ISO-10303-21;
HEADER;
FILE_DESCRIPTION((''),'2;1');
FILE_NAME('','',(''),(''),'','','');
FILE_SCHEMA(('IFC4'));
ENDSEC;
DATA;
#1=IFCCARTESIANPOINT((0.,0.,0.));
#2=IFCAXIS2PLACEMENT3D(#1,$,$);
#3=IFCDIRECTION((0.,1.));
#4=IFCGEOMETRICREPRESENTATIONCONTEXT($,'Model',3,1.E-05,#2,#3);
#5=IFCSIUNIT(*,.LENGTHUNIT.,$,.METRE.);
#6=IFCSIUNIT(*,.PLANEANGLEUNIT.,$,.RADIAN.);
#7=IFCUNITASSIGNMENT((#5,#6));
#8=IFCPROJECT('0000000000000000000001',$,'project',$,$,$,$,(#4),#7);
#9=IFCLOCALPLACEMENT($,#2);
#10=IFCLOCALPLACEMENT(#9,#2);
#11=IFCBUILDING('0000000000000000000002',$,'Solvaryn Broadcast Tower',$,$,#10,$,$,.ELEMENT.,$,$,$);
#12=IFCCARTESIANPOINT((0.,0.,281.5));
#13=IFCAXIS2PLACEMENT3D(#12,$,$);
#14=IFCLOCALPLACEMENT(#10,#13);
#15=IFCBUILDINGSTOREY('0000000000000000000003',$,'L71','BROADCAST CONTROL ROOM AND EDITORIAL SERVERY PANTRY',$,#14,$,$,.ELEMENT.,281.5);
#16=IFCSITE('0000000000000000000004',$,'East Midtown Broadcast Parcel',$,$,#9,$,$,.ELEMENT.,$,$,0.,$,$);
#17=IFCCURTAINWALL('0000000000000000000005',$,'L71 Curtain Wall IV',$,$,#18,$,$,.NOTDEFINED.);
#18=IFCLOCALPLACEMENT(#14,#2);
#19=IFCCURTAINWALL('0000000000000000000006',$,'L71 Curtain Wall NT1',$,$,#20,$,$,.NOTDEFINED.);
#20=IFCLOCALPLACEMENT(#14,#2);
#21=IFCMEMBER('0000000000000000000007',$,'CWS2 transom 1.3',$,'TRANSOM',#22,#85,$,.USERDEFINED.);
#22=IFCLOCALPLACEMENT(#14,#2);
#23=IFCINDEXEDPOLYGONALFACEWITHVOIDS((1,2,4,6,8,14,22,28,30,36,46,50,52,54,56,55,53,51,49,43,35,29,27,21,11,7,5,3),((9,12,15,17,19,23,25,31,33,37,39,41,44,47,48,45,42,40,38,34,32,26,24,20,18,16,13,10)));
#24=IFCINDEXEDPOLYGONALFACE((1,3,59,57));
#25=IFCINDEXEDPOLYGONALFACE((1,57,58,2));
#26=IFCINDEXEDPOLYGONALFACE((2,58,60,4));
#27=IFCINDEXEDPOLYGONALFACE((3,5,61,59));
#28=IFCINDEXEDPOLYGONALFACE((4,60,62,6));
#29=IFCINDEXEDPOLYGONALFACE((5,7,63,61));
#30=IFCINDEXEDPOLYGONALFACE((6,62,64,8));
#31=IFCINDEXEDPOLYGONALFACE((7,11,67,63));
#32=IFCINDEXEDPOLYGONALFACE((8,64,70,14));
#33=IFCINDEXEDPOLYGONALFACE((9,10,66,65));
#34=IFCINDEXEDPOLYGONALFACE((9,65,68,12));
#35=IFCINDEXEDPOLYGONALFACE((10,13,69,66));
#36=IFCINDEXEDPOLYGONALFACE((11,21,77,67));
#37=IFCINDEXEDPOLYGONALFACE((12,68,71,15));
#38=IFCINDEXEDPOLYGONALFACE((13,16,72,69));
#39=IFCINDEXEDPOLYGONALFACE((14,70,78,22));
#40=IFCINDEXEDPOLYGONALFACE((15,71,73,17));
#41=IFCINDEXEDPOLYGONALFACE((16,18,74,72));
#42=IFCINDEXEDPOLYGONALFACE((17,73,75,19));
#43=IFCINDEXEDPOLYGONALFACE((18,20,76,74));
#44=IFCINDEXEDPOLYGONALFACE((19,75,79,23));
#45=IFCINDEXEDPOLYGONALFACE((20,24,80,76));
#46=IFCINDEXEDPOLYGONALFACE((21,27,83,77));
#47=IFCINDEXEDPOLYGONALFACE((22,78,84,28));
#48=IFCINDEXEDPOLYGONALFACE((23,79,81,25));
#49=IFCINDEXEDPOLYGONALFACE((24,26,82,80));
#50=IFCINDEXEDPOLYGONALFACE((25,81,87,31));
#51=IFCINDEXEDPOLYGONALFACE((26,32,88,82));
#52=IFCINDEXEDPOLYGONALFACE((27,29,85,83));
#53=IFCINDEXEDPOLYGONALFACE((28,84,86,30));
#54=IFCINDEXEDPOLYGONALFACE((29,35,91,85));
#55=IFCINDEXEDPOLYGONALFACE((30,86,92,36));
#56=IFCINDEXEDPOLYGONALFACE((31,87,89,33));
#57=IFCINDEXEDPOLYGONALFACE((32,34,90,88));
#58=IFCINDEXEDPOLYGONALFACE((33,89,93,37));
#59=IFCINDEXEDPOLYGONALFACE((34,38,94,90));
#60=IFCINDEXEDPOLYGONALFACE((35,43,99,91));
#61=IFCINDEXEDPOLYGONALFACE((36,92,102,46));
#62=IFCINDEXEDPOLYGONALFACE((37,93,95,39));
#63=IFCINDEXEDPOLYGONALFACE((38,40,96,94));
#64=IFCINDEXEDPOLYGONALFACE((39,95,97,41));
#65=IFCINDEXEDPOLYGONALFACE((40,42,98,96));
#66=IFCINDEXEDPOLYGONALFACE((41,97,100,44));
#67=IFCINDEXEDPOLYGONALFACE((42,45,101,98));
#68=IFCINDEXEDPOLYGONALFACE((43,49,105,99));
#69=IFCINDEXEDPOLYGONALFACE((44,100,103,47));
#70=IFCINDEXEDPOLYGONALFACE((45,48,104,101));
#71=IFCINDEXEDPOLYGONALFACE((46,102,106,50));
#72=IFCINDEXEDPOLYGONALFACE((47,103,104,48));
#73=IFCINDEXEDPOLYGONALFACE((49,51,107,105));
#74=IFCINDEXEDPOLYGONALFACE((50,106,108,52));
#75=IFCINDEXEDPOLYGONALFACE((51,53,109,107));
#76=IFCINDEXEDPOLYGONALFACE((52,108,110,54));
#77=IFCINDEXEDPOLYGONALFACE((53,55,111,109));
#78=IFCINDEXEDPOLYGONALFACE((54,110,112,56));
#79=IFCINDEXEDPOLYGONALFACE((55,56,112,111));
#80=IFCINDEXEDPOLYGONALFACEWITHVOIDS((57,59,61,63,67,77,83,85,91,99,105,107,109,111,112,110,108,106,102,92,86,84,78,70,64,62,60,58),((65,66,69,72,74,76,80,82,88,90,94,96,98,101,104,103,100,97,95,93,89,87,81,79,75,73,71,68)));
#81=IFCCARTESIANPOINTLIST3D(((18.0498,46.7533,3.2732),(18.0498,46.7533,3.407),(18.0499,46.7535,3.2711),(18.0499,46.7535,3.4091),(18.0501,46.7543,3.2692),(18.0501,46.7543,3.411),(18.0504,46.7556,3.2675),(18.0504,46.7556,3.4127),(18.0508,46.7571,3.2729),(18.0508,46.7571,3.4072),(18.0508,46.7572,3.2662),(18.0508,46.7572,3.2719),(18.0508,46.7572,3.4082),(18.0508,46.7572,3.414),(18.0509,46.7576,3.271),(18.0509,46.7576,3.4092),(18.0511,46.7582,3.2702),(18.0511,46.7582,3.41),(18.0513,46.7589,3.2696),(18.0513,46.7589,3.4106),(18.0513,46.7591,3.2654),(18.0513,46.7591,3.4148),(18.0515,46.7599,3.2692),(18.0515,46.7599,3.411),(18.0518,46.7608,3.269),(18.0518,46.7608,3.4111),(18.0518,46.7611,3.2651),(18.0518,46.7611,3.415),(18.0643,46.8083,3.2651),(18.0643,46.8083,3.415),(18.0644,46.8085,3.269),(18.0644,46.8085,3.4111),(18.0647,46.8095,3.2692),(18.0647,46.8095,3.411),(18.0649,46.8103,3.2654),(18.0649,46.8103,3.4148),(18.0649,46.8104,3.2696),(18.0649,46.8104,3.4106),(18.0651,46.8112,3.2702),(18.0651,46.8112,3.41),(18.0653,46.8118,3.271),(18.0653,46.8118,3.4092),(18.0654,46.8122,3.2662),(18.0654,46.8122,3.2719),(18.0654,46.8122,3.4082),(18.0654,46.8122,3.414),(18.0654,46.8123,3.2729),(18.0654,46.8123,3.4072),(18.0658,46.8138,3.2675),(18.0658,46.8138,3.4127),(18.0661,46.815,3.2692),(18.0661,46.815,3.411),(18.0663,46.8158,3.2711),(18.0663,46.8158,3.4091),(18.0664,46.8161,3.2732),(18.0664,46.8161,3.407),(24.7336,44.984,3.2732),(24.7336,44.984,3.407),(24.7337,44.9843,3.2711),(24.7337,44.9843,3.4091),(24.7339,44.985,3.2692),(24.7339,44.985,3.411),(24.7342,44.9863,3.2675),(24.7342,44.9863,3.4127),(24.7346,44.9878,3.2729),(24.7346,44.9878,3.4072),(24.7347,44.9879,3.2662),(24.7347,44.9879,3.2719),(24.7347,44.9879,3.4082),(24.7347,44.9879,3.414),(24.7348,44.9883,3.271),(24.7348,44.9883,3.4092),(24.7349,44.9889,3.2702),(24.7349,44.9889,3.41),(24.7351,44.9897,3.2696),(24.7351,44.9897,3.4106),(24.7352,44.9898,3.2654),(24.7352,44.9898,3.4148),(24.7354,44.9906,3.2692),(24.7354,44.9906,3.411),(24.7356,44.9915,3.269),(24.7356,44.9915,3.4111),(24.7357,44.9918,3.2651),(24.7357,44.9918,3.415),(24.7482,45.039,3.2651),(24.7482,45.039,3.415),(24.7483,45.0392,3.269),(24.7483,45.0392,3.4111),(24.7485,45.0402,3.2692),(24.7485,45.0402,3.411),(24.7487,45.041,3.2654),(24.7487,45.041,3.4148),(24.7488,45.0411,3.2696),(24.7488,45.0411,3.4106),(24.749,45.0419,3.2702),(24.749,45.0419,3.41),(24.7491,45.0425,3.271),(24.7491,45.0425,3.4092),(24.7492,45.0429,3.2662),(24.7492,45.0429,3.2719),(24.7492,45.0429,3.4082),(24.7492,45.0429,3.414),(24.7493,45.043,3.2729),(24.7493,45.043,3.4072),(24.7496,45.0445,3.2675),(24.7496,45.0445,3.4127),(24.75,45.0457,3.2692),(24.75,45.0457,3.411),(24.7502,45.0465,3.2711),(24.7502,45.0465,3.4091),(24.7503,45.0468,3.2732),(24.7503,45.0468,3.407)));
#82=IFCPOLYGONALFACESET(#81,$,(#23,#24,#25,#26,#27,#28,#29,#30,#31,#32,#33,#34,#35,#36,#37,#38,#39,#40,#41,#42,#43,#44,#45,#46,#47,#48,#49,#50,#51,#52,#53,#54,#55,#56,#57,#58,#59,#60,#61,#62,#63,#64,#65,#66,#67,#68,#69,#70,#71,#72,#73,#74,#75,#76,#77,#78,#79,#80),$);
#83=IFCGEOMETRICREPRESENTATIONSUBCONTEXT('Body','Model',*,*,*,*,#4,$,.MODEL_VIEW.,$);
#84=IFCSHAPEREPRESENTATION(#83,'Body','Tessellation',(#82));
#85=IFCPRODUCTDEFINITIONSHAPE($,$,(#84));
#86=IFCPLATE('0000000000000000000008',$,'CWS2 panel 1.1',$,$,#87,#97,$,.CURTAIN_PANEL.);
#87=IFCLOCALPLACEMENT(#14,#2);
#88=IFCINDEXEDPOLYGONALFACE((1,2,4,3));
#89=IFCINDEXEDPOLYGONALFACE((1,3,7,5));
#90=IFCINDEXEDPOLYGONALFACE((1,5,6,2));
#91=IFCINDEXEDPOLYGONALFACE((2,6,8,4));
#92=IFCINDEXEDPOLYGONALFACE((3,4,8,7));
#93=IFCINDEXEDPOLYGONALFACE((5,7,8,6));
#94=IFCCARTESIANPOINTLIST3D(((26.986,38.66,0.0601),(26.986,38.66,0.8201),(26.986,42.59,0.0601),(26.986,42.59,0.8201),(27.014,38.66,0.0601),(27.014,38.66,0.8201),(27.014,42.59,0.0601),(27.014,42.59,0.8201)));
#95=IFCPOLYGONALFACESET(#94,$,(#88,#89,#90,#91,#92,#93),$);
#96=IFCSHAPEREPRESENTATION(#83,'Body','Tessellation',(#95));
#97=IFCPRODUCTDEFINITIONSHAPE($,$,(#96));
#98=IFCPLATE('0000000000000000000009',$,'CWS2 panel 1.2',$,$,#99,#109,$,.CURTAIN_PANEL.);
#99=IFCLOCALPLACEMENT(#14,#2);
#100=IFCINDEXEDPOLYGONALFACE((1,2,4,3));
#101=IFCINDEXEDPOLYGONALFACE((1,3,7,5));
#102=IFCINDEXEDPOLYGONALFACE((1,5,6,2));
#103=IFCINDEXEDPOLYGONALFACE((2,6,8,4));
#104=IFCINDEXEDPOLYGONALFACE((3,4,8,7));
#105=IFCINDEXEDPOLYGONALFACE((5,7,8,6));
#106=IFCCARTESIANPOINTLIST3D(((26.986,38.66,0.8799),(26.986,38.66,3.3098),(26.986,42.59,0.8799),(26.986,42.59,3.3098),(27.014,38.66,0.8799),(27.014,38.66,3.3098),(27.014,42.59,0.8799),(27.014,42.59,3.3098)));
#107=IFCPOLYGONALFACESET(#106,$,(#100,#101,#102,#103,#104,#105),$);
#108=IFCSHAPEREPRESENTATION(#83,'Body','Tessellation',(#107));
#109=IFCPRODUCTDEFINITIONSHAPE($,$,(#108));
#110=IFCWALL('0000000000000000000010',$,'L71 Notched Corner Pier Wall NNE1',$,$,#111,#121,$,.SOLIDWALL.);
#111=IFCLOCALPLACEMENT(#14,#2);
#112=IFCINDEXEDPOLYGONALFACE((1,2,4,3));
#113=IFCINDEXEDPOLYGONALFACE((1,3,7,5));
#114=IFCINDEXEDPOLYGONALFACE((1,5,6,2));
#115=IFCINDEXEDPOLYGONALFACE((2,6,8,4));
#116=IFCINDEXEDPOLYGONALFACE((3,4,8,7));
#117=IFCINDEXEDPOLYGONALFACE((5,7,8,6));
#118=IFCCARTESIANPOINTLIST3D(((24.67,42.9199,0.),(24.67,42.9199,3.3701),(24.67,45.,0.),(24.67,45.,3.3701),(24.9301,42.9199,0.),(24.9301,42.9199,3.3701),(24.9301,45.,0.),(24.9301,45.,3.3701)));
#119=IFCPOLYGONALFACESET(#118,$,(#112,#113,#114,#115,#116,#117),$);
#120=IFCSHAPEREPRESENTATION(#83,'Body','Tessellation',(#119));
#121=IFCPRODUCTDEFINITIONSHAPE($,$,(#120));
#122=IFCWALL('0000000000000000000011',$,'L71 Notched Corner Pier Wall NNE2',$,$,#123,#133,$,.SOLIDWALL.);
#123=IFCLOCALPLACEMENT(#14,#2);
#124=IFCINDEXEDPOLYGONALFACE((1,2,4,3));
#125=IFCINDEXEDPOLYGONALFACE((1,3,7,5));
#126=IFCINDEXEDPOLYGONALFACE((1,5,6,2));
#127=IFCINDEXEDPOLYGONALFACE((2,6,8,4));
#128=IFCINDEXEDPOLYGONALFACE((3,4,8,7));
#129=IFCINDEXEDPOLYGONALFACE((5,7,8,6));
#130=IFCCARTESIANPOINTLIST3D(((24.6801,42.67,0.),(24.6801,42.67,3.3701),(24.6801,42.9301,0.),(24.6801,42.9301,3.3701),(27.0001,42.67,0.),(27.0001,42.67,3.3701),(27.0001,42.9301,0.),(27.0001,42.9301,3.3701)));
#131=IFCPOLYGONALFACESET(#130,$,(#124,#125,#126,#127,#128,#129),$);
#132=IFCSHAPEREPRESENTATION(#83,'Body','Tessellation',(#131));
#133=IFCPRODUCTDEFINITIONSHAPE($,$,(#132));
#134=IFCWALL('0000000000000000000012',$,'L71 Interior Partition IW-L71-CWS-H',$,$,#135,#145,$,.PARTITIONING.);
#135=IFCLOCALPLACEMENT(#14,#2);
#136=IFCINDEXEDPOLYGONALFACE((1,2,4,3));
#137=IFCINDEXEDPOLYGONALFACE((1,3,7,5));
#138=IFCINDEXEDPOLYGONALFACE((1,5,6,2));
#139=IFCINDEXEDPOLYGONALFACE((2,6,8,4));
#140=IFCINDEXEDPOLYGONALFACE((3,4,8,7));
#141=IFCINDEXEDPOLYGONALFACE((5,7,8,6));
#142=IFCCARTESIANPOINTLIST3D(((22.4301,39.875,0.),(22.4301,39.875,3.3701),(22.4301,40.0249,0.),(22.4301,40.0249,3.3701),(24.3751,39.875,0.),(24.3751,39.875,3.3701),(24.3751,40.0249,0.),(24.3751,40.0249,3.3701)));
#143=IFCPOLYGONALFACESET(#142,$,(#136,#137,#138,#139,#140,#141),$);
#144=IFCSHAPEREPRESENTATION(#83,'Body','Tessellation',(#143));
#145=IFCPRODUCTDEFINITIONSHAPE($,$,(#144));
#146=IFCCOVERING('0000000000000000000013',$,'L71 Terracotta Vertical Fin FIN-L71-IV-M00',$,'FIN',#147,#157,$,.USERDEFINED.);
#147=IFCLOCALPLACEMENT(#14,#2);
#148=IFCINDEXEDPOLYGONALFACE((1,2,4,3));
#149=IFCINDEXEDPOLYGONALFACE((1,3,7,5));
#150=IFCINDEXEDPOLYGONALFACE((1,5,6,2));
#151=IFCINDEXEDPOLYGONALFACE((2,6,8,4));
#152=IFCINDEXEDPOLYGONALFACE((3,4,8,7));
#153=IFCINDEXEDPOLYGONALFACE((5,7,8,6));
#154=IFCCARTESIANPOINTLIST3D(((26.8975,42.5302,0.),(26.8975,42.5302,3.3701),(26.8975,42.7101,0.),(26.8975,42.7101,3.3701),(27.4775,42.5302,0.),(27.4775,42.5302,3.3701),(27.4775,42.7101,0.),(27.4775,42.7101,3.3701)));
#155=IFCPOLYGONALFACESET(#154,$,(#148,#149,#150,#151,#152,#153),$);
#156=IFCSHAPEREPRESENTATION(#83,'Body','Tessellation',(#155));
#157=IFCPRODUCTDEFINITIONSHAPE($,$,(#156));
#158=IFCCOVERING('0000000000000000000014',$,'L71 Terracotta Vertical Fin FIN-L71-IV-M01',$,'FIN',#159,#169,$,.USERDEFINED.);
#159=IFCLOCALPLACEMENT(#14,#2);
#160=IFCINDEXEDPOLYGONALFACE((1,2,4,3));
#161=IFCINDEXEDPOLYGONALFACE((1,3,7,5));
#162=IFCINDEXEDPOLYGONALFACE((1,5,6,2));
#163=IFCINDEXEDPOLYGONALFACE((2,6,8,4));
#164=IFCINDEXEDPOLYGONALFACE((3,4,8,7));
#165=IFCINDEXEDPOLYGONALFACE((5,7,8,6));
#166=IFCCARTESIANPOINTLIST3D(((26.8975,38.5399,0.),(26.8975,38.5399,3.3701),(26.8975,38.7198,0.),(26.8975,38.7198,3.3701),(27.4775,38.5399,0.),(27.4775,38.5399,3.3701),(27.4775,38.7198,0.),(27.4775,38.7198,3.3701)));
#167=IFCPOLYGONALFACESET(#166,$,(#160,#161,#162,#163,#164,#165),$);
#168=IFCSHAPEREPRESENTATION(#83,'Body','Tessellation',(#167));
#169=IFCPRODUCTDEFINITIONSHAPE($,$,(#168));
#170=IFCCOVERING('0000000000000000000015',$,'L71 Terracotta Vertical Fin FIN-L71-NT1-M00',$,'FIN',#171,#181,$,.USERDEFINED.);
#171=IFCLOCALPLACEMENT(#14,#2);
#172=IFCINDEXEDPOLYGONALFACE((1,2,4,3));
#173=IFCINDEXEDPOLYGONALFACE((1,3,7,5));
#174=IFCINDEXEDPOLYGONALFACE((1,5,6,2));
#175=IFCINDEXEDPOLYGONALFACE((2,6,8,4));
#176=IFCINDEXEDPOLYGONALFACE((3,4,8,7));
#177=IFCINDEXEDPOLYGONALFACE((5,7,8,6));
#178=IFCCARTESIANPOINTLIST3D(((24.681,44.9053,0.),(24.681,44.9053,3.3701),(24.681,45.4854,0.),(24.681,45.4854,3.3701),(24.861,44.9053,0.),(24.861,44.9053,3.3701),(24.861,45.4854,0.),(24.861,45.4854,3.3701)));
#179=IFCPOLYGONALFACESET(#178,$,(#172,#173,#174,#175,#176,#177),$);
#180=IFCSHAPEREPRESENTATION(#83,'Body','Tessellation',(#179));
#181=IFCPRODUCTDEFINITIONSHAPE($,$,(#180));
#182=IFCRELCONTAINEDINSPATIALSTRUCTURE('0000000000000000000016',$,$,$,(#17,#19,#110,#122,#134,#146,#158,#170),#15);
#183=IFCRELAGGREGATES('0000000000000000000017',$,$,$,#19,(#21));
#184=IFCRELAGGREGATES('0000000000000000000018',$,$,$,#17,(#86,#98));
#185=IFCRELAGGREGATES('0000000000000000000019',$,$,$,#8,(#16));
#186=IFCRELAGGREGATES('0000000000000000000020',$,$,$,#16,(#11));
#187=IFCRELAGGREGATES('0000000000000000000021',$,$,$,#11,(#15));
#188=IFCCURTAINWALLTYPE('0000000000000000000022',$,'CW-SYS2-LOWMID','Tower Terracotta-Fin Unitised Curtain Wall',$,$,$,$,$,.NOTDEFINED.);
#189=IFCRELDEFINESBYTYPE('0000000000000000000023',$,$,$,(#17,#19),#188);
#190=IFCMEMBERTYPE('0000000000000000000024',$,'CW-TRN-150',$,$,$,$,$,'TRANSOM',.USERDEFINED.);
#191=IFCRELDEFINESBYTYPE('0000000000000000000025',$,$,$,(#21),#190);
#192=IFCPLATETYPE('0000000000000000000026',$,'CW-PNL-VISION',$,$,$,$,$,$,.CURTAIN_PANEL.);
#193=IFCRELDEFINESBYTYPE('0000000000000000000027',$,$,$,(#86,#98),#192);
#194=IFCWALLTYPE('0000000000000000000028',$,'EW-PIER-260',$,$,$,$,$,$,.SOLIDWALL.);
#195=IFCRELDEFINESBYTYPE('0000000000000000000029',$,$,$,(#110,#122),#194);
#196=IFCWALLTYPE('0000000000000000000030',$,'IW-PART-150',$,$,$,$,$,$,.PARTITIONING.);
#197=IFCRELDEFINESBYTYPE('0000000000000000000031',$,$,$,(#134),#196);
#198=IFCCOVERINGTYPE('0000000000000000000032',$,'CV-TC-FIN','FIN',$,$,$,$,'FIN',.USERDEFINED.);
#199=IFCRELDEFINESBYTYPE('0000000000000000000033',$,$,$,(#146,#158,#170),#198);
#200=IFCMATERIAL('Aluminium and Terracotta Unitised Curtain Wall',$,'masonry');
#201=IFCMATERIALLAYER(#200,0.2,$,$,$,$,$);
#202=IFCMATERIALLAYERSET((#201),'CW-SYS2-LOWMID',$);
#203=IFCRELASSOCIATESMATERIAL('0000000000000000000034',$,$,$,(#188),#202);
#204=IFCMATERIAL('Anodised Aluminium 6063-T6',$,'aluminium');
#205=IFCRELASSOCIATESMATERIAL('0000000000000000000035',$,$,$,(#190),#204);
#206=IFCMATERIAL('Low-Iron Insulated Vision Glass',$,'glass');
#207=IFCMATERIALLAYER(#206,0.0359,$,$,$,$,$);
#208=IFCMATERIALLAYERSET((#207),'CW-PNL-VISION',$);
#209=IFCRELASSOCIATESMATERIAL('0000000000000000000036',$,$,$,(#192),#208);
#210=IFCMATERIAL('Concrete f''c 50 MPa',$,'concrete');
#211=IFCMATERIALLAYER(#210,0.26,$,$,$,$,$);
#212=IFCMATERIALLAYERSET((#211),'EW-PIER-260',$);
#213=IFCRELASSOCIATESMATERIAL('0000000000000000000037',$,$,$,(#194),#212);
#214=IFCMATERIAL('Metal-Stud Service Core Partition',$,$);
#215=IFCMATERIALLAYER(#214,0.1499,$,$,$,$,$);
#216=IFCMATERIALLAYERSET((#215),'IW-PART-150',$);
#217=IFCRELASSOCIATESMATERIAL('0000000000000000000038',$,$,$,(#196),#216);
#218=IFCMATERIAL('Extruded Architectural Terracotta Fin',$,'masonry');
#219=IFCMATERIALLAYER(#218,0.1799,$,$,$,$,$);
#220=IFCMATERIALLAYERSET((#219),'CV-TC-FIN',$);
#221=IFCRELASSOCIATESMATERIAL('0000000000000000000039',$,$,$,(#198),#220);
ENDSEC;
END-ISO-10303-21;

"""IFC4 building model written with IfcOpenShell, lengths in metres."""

from ifc_helpers import new_model, si_unit, direction, frame, frame_2d, origin, origin_2d, place, context, subcontext, project, spatial, rectangle, hollow_rectangle, extrude, material, layer, layer_set, material_profile, profile_set, type_object, element, aggregate, save


model = new_model("IFC4")

# Units and contexts
model_context = context("Model", 3, precision=1e-05, world=origin(), true_north=direction((0.0, 1.0)))
body_context = subcontext(model_context, "Body", "Model", "MODEL_VIEW")
ifc_project = project(units=[si_unit("LENGTHUNIT", "METRE"), si_unit("PLANEANGLEUNIT", "RADIAN")], contexts=[model_context])

# Site, building, storey
site_placement = place(None, origin())
site = spatial("IfcSite", under=ifc_project, at=site_placement, Name="East Midtown Broadcast Parcel", CompositionType="ELEMENT", RefElevation=0.0)
building_placement = place(site_placement, origin())
building = spatial("IfcBuilding", under=site, at=building_placement, Name="Solvaryn Broadcast Tower", CompositionType="ELEMENT")
storey_placement = place(building_placement, frame((0.0, 0.0, 281.5)))
storey = spatial("IfcBuildingStorey", under=building, at=storey_placement, Name="L71", Description="BROADCAST CONTROL ROOM AND EDITORIAL SERVERY PANTRY", CompositionType="ELEMENT", Elevation=281.5)

# Curtain wall
ifc_material_1 = material(Name="Aluminium and Terracotta Unitised Curtain Wall", Category="masonry")
ifc_layer_1 = layer(ifc_material_1, 0.2)
ifc_layer_set_1 = layer_set([ifc_layer_1], Name="CW-SYS2-LOWMID")
curtain_wall_type = type_object("IfcCurtainWallType", Name="CW-SYS2-LOWMID", Description="Tower Terracotta-Fin Unitised Curtain Wall", PredefinedType="NOTDEFINED", material=ifc_layer_set_1)
curtain_wall_1_placement = place(storey_placement, origin())
curtain_wall_1 = element("IfcCurtainWall", 1, at=curtain_wall_1_placement, inside=storey, type_object=curtain_wall_type, Name="L71 Curtain Wall IV", PredefinedType="NOTDEFINED")

# Curtain wall
curtain_wall_2_placement = place(storey_placement, origin())
curtain_wall_2 = element("IfcCurtainWall", 2, at=curtain_wall_2_placement, inside=storey, type_object=curtain_wall_type, Name="L71 Curtain Wall NT1", PredefinedType="NOTDEFINED")

# Member
ifc_material_2 = material(Name="Anodised Aluminium 6063-T6", Category="aluminium")
ifc_material_profile_1 = material_profile(ifc_material_2, hollow_rectangle(XDim=0.0649, YDim=0.1499, WallThickness=0.0039, InnerFilletRadius=0.0039, OuterFilletRadius=0.0081, at=origin_2d()))
ifc_profile_set_1 = profile_set([ifc_material_profile_1], Name="Anodised Aluminium 6063-T6")
member_type_1 = type_object("IfcMemberType", Name="CW-TRN-150", ElementType="TRANSOM", PredefinedType="USERDEFINED", material=ifc_profile_set_1)
member_1_placement = place(storey_placement, frame((24.7419, 45.0154, 3.3401), z_axis=(-0.966704, 0.255897, 0.0), x_axis=(-0.255897, -0.966704, 0.0)))
member_1 = element("IfcMember", 3, at=member_1_placement, type_object=member_type_1, Name="CWS2 transom 1.3", ObjectType="TRANSOM", PredefinedType="USERDEFINED", context=body_context, shape_type="SweptSolid", body=[
    extrude(hollow_rectangle(XDim=0.0649, YDim=0.1499, WallThickness=0.0039, InnerFilletRadius=0.0039, OuterFilletRadius=0.0081, at=origin_2d()), origin(), (0.0, 0.0, 1.0), 6.9141),
])
aggregate(curtain_wall_2, [member_1])

# Plates
ifc_material_3 = material(Name="Low-Iron Insulated Vision Glass", Category="glass")
ifc_layer_2 = layer(ifc_material_3, 0.0359)
ifc_layer_set_2 = layer_set([ifc_layer_2], Name="CW-PNL-VISION")
plate_type = type_object("IfcPlateType", Name="CW-PNL-VISION", PredefinedType="CURTAIN_PANEL", material=ifc_layer_set_2)
plate_1_placement = place(storey_placement, frame((27.0, 40.625, 0.0601), z_axis=(0.0, 0.0, 1.0), x_axis=(0.0, -1.0, 0.0)))
plate_1 = element("IfcPlate", 4, at=plate_1_placement, type_object=plate_type, Name="CWS2 panel 1.1", PredefinedType="CURTAIN_PANEL", context=body_context, shape_type="SweptSolid", body=[
    extrude(rectangle(XDim=3.9299, YDim=0.0281, at=origin_2d()), origin(), (0.0, 0.0, 1.0), 0.76),
])
plate_2_placement = place(storey_placement, frame((27.0, 40.625, 0.8799), z_axis=(0.0, 0.0, 1.0), x_axis=(0.0, -1.0, 0.0)))
plate_2 = element("IfcPlate", 5, at=plate_2_placement, type_object=plate_type, Name="CWS2 panel 1.2", PredefinedType="CURTAIN_PANEL", context=body_context, shape_type="SweptSolid", body=[
    extrude(rectangle(XDim=3.9299, YDim=0.0281, at=origin_2d()), origin(), (0.0, 0.0, 1.0), 2.4299),
])
aggregate(curtain_wall_1, [plate_1, plate_2])

# Walls
ifc_material_4 = material(Name="Concrete f'c 50 MPa", Category="concrete")
ifc_layer_3 = layer(ifc_material_4, 0.26)
ifc_layer_set_3 = layer_set([ifc_layer_3], Name="EW-PIER-260")
wall_type_1 = type_object("IfcWallType", Name="EW-PIER-260", PredefinedType="SOLIDWALL", material=ifc_layer_set_3)
wall_1_placement = place(storey_placement, frame((24.8, 45.0, 0.0), z_axis=(0.0, 0.0, 1.0), x_axis=(0.0, -1.0, 0.0)))
element("IfcWall", 6, at=wall_1_placement, inside=storey, type_object=wall_type_1, Name="L71 Notched Corner Pier Wall NNE1", PredefinedType="SOLIDWALL", context=body_context, shape_type="SweptSolid", body=[
    extrude(rectangle(XDim=2.0801, YDim=0.26, at=frame_2d((1.04, 0.0))), origin(), (0.0, 0.0, 1.0), 3.3701),
])
wall_2_placement = place(storey_placement, frame((24.6799, 42.8, 0.0), z_axis=(0.0, 0.0, 1.0), x_axis=(1.0, 0.0, 0.0)))
element("IfcWall", 7, at=wall_2_placement, inside=storey, type_object=wall_type_1, Name="L71 Notched Corner Pier Wall NNE2", PredefinedType="SOLIDWALL", context=body_context, shape_type="SweptSolid", body=[
    extrude(rectangle(XDim=2.3201, YDim=0.26, at=frame_2d((1.1602, 0.0))), origin(), (0.0, 0.0, 1.0), 3.3701),
])
ifc_material_5 = material(Name="Metal-Stud Service Core Partition")
ifc_layer_4 = layer(ifc_material_5, 0.1499)
ifc_layer_set_4 = layer_set([ifc_layer_4], Name="IW-PART-150")
wall_type_2 = type_object("IfcWallType", Name="IW-PART-150", PredefinedType="PARTITIONING", material=ifc_layer_set_4)
wall_3_placement = place(storey_placement, frame((22.4299, 39.95, 0.0), z_axis=(0.0, 0.0, 1.0), x_axis=(1.0, 0.0, 0.0)))
element("IfcWall", 8, at=wall_3_placement, inside=storey, type_object=wall_type_2, Name="L71 Interior Partition IW-L71-CWS-H", PredefinedType="PARTITIONING", context=body_context, shape_type="SweptSolid", body=[
    extrude(rectangle(XDim=1.9451, YDim=0.1499, at=frame_2d((0.9727, 0.0))), origin(), (0.0, 0.0, 1.0), 3.3701),
])

# Coverings
ifc_material_6 = material(Name="Extruded Architectural Terracotta Fin", Category="masonry")
ifc_layer_5 = layer(ifc_material_6, 0.1799)
ifc_layer_set_5 = layer_set([ifc_layer_5], Name="CV-TC-FIN")
covering_type = type_object("IfcCoveringType", Name="CV-TC-FIN", Description="FIN", ElementType="FIN", PredefinedType="USERDEFINED", material=ifc_layer_set_5)
for number, where, z_axis, x_axis, name in (
    (9, (27.1875, 42.6201, 0.0), (0.0, 0.0, 1.0), (1.0, 0.0, 0.0), "L71 Terracotta Vertical Fin FIN-L71-IV-M00"),
    (10, (27.1875, 38.6299, 0.0), (0.0, 0.0, 1.0), (1.0, 0.0, 0.0), "L71 Terracotta Vertical Fin FIN-L71-IV-M01"),
):
    element("IfcCovering", number, at=place(storey_placement, frame(where, z_axis=z_axis, x_axis=x_axis)), inside=storey, type_object=covering_type, Name=name, ObjectType="FIN", PredefinedType="USERDEFINED", context=body_context, shape_type="SweptSolid", body=[
        extrude(rectangle(XDim=0.5801, YDim=0.1799, at=origin_2d()), origin(), (0.0, 0.0, 1.0), 3.3701),
    ])
covering_placement = place(storey_placement, frame((24.771, 45.1953, 0.0), z_axis=(0.0, 0.0, 1.0), x_axis=(1.0, 0.0, 0.0)))
element("IfcCovering", 11, at=covering_placement, inside=storey, type_object=covering_type, Name="L71 Terracotta Vertical Fin FIN-L71-NT1-M00", ObjectType="FIN", PredefinedType="USERDEFINED", context=body_context, shape_type="SweptSolid", body=[
    extrude(rectangle(XDim=0.1799, YDim=0.5801, at=origin_2d()), origin(), (0.0, 0.0, 1.0), 3.3701),
])

save(model, "model.ifc")
